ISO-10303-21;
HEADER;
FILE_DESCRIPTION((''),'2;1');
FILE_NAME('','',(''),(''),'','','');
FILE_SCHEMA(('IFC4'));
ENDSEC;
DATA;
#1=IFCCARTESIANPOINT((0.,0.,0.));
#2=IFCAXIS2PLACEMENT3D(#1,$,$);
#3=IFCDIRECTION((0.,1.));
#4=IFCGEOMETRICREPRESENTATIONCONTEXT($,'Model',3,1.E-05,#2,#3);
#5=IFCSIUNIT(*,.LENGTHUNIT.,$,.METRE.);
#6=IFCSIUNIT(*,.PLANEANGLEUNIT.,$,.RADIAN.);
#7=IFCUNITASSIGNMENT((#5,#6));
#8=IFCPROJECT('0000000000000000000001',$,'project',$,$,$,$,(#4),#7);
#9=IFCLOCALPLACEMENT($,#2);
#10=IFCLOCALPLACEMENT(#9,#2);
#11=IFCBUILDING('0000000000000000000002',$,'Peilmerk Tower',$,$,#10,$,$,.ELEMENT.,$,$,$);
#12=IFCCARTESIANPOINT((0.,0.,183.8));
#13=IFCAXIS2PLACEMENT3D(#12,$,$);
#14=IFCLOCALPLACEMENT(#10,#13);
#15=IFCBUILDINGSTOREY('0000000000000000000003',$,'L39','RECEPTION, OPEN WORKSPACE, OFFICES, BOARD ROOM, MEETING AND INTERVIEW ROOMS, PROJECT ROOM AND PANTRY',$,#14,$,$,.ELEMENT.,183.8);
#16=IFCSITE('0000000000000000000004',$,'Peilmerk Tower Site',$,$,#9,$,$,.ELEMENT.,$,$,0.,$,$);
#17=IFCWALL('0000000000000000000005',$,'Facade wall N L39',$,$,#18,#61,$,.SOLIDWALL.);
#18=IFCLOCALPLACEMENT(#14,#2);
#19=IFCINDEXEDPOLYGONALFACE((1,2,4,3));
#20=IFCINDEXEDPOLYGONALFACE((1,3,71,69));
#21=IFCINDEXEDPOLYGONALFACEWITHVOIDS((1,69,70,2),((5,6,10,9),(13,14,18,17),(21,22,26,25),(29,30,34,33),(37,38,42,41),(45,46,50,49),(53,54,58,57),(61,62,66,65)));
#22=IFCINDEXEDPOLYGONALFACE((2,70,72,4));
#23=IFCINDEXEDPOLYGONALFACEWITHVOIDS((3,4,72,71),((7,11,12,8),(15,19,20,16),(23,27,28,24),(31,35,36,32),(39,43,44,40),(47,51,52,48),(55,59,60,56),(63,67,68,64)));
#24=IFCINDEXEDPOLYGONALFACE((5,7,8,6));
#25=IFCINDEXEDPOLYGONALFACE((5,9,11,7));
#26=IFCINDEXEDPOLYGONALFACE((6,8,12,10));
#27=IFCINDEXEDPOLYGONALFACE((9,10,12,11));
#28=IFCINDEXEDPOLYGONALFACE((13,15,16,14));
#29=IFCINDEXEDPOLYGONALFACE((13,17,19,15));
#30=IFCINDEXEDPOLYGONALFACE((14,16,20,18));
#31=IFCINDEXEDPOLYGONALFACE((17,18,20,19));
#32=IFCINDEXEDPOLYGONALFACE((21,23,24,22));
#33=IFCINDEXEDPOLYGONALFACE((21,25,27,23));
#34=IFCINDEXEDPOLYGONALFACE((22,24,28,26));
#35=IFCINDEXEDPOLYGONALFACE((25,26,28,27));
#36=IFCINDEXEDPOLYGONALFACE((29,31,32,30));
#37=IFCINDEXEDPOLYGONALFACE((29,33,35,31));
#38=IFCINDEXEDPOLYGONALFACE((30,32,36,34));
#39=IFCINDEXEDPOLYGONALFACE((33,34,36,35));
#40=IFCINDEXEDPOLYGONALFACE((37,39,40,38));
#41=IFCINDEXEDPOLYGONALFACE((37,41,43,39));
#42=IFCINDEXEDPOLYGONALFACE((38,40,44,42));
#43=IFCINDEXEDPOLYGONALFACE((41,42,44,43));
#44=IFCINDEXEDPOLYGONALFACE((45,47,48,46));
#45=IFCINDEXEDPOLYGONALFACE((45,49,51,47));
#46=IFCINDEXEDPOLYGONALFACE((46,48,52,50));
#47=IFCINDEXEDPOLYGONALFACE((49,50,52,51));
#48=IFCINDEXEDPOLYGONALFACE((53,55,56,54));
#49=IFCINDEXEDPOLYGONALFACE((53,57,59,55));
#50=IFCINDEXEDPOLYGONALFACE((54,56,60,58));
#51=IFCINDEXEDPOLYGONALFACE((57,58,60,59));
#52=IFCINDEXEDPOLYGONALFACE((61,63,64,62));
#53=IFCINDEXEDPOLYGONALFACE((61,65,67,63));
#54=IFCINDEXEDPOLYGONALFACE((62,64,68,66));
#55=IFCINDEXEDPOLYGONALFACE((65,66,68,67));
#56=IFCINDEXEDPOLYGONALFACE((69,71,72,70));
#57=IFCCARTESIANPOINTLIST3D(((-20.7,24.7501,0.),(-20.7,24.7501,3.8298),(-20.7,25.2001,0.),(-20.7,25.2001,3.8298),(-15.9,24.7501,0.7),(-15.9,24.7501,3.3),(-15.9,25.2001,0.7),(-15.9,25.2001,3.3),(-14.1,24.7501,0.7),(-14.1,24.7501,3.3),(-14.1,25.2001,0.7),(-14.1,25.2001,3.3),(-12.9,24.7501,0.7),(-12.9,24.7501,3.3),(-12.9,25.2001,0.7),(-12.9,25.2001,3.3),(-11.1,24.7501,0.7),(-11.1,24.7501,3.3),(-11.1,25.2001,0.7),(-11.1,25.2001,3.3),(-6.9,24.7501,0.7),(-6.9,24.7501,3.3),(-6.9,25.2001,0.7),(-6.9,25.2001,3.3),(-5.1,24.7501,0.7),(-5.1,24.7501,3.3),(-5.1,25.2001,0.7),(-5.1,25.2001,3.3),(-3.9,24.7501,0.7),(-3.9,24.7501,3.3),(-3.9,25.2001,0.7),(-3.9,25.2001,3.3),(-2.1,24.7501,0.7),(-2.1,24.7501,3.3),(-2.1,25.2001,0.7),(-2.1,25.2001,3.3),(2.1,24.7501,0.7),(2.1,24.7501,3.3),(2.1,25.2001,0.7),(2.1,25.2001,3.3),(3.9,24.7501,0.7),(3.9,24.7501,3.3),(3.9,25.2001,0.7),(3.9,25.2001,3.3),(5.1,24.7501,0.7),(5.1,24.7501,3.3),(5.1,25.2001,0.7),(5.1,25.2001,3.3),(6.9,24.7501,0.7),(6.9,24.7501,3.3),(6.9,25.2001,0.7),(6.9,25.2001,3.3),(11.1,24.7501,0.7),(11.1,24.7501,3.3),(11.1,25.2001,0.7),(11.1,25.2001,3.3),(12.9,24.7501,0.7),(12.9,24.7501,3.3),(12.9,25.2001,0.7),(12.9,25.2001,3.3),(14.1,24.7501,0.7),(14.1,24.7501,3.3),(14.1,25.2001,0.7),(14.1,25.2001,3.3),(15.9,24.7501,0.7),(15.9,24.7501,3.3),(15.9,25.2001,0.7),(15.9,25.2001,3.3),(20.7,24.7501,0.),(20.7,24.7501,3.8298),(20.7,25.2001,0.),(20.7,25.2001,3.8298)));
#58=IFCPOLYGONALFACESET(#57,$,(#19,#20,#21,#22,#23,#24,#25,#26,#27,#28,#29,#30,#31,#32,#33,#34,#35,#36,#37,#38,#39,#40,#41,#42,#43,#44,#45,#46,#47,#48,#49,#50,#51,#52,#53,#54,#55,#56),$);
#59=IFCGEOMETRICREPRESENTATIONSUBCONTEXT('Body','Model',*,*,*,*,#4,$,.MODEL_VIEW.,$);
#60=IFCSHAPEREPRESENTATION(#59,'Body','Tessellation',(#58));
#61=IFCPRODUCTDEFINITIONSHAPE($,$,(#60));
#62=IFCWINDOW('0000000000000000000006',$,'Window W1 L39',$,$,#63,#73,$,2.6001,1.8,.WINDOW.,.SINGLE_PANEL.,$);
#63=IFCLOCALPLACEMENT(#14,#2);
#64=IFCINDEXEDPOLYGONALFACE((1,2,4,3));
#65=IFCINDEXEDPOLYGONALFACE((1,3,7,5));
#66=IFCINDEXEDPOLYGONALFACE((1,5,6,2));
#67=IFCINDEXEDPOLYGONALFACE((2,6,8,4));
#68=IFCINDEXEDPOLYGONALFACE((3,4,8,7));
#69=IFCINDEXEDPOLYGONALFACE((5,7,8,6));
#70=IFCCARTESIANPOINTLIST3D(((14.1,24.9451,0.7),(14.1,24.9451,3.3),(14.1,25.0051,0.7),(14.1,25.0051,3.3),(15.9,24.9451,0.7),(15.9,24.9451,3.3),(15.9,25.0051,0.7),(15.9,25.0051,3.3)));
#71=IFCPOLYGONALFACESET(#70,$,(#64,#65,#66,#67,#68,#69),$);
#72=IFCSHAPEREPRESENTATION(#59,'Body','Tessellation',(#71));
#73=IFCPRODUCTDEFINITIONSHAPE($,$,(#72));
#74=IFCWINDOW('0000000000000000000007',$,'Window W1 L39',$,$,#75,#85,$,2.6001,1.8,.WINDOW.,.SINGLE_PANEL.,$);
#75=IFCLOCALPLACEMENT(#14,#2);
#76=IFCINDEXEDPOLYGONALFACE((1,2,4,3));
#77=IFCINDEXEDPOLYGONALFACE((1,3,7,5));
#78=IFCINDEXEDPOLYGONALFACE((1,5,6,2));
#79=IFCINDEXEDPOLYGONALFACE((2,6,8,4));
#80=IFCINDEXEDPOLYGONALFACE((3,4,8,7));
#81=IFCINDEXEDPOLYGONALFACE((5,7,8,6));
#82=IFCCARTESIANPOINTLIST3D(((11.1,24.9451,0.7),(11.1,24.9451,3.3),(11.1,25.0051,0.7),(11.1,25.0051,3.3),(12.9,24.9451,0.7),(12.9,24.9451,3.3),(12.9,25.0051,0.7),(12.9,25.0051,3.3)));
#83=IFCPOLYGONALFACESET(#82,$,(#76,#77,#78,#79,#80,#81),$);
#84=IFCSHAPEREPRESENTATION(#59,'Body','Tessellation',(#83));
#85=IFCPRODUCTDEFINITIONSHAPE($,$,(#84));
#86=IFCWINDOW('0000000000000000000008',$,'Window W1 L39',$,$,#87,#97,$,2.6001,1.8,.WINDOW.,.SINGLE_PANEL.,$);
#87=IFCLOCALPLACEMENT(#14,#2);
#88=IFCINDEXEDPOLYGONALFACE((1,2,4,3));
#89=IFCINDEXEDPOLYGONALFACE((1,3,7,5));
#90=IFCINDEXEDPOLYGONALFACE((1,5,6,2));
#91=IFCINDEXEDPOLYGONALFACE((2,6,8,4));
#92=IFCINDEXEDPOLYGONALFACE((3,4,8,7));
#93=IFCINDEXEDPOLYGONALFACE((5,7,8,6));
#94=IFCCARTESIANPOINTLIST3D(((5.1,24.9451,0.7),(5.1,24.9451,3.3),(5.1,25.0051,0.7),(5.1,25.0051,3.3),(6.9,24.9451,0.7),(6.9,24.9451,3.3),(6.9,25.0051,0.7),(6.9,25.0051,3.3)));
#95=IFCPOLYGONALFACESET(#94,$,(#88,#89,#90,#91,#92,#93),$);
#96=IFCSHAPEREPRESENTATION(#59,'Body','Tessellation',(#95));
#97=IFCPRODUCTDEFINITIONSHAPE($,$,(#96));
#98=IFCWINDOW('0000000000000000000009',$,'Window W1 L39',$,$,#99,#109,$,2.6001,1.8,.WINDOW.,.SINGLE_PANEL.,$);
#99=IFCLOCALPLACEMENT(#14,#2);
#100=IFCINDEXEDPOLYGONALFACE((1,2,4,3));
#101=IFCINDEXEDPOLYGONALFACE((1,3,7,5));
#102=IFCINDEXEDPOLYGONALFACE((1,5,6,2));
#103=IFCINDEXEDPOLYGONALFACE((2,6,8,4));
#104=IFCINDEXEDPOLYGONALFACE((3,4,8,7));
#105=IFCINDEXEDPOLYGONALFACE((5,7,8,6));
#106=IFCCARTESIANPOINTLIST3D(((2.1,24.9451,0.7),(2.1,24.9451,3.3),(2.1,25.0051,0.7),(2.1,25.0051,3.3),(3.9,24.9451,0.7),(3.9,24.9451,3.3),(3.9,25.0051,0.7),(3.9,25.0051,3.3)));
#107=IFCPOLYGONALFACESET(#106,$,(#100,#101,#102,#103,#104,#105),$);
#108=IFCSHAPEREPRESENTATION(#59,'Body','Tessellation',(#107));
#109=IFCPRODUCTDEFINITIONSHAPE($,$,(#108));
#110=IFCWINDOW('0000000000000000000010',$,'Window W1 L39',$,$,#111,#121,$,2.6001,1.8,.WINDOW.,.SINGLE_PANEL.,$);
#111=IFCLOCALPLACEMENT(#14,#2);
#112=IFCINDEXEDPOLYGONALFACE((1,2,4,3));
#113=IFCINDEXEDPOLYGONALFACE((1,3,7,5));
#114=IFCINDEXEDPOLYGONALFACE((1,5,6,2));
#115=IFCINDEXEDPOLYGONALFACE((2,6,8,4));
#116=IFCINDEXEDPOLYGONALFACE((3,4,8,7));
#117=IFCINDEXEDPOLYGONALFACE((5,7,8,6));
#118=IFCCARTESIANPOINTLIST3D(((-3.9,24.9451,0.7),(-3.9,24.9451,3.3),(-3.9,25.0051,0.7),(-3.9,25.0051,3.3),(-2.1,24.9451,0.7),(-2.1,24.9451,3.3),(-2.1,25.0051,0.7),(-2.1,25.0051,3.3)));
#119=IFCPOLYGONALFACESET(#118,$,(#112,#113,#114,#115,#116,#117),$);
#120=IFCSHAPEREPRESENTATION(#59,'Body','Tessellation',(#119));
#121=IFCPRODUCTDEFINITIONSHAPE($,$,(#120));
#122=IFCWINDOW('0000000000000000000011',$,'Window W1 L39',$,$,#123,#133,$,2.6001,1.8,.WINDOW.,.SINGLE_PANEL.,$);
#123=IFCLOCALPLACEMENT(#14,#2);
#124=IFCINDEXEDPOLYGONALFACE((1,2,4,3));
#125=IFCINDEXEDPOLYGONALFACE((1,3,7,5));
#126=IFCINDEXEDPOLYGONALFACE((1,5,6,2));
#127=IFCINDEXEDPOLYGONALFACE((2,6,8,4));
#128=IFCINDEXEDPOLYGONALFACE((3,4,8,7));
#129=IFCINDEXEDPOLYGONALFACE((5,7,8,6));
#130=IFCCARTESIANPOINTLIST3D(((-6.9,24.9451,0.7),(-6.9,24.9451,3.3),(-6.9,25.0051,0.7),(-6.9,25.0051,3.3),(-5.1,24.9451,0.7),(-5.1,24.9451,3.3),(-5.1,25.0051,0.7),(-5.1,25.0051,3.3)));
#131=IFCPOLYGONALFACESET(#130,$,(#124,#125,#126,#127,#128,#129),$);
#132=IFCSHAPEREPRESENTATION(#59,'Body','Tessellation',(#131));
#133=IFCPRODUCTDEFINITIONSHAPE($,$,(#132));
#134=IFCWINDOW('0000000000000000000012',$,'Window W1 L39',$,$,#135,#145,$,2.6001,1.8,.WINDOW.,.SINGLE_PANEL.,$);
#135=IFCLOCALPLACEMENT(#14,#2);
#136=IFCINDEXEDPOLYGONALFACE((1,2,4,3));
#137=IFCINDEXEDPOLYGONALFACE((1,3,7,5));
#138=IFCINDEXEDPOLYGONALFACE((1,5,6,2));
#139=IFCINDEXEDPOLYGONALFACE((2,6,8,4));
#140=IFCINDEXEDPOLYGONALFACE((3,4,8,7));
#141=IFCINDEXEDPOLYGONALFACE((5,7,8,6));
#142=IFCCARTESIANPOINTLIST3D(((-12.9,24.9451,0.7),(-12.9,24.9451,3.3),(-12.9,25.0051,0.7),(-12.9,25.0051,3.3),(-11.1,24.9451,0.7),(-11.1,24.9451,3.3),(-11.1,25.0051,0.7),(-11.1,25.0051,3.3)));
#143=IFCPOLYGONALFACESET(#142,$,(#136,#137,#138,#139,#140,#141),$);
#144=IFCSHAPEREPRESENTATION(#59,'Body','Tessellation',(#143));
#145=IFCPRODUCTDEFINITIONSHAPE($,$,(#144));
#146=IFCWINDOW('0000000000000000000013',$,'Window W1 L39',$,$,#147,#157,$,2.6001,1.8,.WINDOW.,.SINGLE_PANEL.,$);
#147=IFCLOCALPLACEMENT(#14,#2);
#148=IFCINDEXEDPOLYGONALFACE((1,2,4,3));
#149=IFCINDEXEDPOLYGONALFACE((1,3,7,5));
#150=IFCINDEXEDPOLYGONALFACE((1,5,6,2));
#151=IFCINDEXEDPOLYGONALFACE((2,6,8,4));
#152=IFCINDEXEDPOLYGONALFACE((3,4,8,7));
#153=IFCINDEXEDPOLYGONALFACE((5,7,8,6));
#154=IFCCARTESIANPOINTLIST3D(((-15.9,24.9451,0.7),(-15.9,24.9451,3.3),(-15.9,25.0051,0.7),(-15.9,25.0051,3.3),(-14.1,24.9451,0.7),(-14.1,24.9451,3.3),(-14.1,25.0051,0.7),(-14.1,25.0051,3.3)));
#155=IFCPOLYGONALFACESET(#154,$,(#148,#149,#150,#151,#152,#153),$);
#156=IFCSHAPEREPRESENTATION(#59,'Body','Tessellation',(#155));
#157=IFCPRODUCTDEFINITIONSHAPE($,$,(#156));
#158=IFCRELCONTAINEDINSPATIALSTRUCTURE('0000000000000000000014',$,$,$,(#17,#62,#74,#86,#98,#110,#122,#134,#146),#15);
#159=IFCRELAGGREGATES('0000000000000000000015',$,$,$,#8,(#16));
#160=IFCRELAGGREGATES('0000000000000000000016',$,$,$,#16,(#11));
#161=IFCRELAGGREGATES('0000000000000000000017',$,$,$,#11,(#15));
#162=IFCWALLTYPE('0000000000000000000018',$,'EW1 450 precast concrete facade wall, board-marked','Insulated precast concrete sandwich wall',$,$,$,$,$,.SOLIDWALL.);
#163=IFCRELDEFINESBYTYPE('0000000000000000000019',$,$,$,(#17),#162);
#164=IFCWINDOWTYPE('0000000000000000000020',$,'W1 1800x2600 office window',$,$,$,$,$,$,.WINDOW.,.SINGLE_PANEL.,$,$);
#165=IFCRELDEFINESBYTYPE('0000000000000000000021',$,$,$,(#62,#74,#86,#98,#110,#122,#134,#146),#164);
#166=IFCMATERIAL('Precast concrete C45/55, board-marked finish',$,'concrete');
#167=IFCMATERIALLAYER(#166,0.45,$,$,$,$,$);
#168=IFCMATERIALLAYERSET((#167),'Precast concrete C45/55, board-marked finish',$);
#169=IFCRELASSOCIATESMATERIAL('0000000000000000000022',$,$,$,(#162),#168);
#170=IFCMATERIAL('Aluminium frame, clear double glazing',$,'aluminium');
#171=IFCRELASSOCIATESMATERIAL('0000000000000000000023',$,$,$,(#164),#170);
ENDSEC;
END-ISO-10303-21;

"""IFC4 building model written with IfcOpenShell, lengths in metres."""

from ifc_helpers import new_model, si_unit, direction, frame, frame_2d, origin, place, context, subcontext, project, spatial, rectangle, extrude, material, layer, layer_set, type_object, element, fill, save


model = new_model("IFC4")

# Units and contexts
model_context = context("Model", 3, precision=1e-05, world=origin(), true_north=direction((0.0, 1.0)))
body_context = subcontext(model_context, "Body", "Model", "MODEL_VIEW")
ifc_project = project(units=[si_unit("LENGTHUNIT", "METRE"), si_unit("PLANEANGLEUNIT", "RADIAN")], contexts=[model_context])

# Site, building, storey
site_placement = place(None, origin())
site = spatial("IfcSite", under=ifc_project, at=site_placement, Name="Peilmerk Tower Site", CompositionType="ELEMENT", RefElevation=0.0)
building_placement = place(site_placement, origin())
building = spatial("IfcBuilding", under=site, at=building_placement, Name="Peilmerk Tower", CompositionType="ELEMENT")
storey_placement = place(building_placement, frame((0.0, 0.0, 183.8)))
storey = spatial("IfcBuildingStorey", under=building, at=storey_placement, Name="L39", Description="RECEPTION, OPEN WORKSPACE, OFFICES, BOARD ROOM, MEETING AND INTERVIEW ROOMS, PROJECT ROOM AND PANTRY", CompositionType="ELEMENT", Elevation=183.8)

# Wall, openings, windows
ifc_material_1 = material(Name="Precast concrete C45/55, board-marked finish", Category="concrete")
ifc_layer_1 = layer(ifc_material_1, 0.45)
ifc_layer_set_1 = layer_set([ifc_layer_1], Name="Precast concrete C45/55, board-marked finish")
wall_type = type_object("IfcWallType", Name="EW1 450 precast concrete facade wall, board-marked", Description="Insulated precast concrete sandwich wall", PredefinedType="SOLIDWALL", material=ifc_layer_set_1)
wall_placement = place(storey_placement, frame((20.7, 24.9751, 0.0), z_axis=(0.0, 0.0, 1.0), x_axis=(-1.0, 0.0, 0.0)))
wall = element("IfcWall", 1, at=wall_placement, inside=storey, type_object=wall_type, Name="Facade wall N L39", PredefinedType="SOLIDWALL", context=body_context, shape_type="SweptSolid", body=[
    extrude(rectangle(XDim=41.3999, YDim=0.45, at=frame_2d((20.7, 0.0))), origin(), (0.0, 0.0, 1.0), 3.8298),
])
opening_1_placement = place(wall_placement, frame((4.8, 0.0, 0.7)))
opening_1 = element("IfcOpeningElement", 2, at=opening_1_placement, cuts=wall, PredefinedType="OPENING", context=body_context, shape_type="SweptSolid", body=[
    extrude(rectangle(XDim=1.8, YDim=2.6001, at=frame_2d((0.8999, 1.3))), frame((0.0, 0.2349, 0.0), z_axis=(0.0, -1.0, 0.0), x_axis=(1.0, 0.0, 0.0)), (0.0, 0.0, 1.0), 0.47),
])
opening_2_placement = place(wall_placement, frame((7.8, 0.0, 0.7)))
opening_2 = element("IfcOpeningElement", 3, at=opening_2_placement, cuts=wall, PredefinedType="OPENING", context=body_context, shape_type="SweptSolid", body=[
    extrude(rectangle(XDim=1.8, YDim=2.6001, at=frame_2d((0.8999, 1.3))), frame((0.0, 0.2349, 0.0), z_axis=(0.0, -1.0, 0.0), x_axis=(1.0, 0.0, 0.0)), (0.0, 0.0, 1.0), 0.47),
])
opening_3_placement = place(wall_placement, frame((13.8, 0.0, 0.7)))
opening_3 = element("IfcOpeningElement", 4, at=opening_3_placement, cuts=wall, PredefinedType="OPENING", context=body_context, shape_type="SweptSolid", body=[
    extrude(rectangle(XDim=1.8, YDim=2.6001, at=frame_2d((0.8999, 1.3))), frame((0.0, 0.2349, 0.0), z_axis=(0.0, -1.0, 0.0), x_axis=(1.0, 0.0, 0.0)), (0.0, 0.0, 1.0), 0.47),
])
opening_4_placement = place(wall_placement, frame((16.8, 0.0, 0.7)))
opening_4 = element("IfcOpeningElement", 5, at=opening_4_placement, cuts=wall, PredefinedType="OPENING", context=body_context, shape_type="SweptSolid", body=[
    extrude(rectangle(XDim=1.8, YDim=2.6001, at=frame_2d((0.8999, 1.3))), frame((0.0, 0.2349, 0.0), z_axis=(0.0, -1.0, 0.0), x_axis=(1.0, 0.0, 0.0)), (0.0, 0.0, 1.0), 0.47),
])
opening_5_placement = place(wall_placement, frame((22.8, 0.0, 0.7)))
opening_5 = element("IfcOpeningElement", 6, at=opening_5_placement, cuts=wall, PredefinedType="OPENING", context=body_context, shape_type="SweptSolid", body=[
    extrude(rectangle(XDim=1.8, YDim=2.6001, at=frame_2d((0.8999, 1.3))), frame((0.0, 0.2349, 0.0), z_axis=(0.0, -1.0, 0.0), x_axis=(1.0, 0.0, 0.0)), (0.0, 0.0, 1.0), 0.47),
])
opening_6_placement = place(wall_placement, frame((25.8, 0.0, 0.7)))
opening_6 = element("IfcOpeningElement", 7, at=opening_6_placement, cuts=wall, PredefinedType="OPENING", context=body_context, shape_type="SweptSolid", body=[
    extrude(rectangle(XDim=1.8, YDim=2.6001, at=frame_2d((0.8999, 1.3))), frame((0.0, 0.2349, 0.0), z_axis=(0.0, -1.0, 0.0), x_axis=(1.0, 0.0, 0.0)), (0.0, 0.0, 1.0), 0.47),
])
opening_7_placement = place(wall_placement, frame((31.8, 0.0, 0.7)))
opening_7 = element("IfcOpeningElement", 8, at=opening_7_placement, cuts=wall, PredefinedType="OPENING", context=body_context, shape_type="SweptSolid", body=[
    extrude(rectangle(XDim=1.8, YDim=2.6001, at=frame_2d((0.8999, 1.3))), frame((0.0, 0.2349, 0.0), z_axis=(0.0, -1.0, 0.0), x_axis=(1.0, 0.0, 0.0)), (0.0, 0.0, 1.0), 0.47),
])
opening_8_placement = place(wall_placement, frame((34.8, 0.0, 0.7)))
opening_8 = element("IfcOpeningElement", 9, at=opening_8_placement, cuts=wall, PredefinedType="OPENING", context=body_context, shape_type="SweptSolid", body=[
    extrude(rectangle(XDim=1.8, YDim=2.6001, at=frame_2d((0.8999, 1.3))), frame((0.0, 0.2349, 0.0), z_axis=(0.0, -1.0, 0.0), x_axis=(1.0, 0.0, 0.0)), (0.0, 0.0, 1.0), 0.47),
])
ifc_material_2 = material(Name="Aluminium frame, clear double glazing", Category="aluminium")
window_type = type_object("IfcWindowType", Name="W1 1800x2600 office window", PartitioningType="SINGLE_PANEL", PredefinedType="WINDOW", material=ifc_material_2)
window_1_placement = place(opening_1_placement, origin())
window_1 = element("IfcWindow", 10, at=window_1_placement, inside=storey, type_object=window_type, Name="Window W1 L39", OverallHeight=2.6001, OverallWidth=1.8, PartitioningType="SINGLE_PANEL", PredefinedType="WINDOW", context=body_context, shape_type="SweptSolid", body=[
    extrude(rectangle(XDim=1.8, YDim=2.6001, at=frame_2d((0.8999, 1.3))), frame((0.0, 0.03, 0.0), z_axis=(0.0, -1.0, 0.0), x_axis=(1.0, 0.0, 0.0)), (0.0, 0.0, 1.0), 0.0601),
])
fill(opening_1, window_1)
window_2_placement = place(opening_2_placement, origin())
window_2 = element("IfcWindow", 11, at=window_2_placement, inside=storey, type_object=window_type, Name="Window W1 L39", OverallHeight=2.6001, OverallWidth=1.8, PartitioningType="SINGLE_PANEL", PredefinedType="WINDOW", context=body_context, shape_type="SweptSolid", body=[
    extrude(rectangle(XDim=1.8, YDim=2.6001, at=frame_2d((0.8999, 1.3))), frame((0.0, 0.03, 0.0), z_axis=(0.0, -1.0, 0.0), x_axis=(1.0, 0.0, 0.0)), (0.0, 0.0, 1.0), 0.0601),
])
fill(opening_2, window_2)
window_3_placement = place(opening_3_placement, origin())
window_3 = element("IfcWindow", 12, at=window_3_placement, inside=storey, type_object=window_type, Name="Window W1 L39", OverallHeight=2.6001, OverallWidth=1.8, PartitioningType="SINGLE_PANEL", PredefinedType="WINDOW", context=body_context, shape_type="SweptSolid", body=[
    extrude(rectangle(XDim=1.8, YDim=2.6001, at=frame_2d((0.8999, 1.3))), frame((0.0, 0.03, 0.0), z_axis=(0.0, -1.0, 0.0), x_axis=(1.0, 0.0, 0.0)), (0.0, 0.0, 1.0), 0.0601),
])
fill(opening_3, window_3)
window_4_placement = place(opening_4_placement, origin())
window_4 = element("IfcWindow", 13, at=window_4_placement, inside=storey, type_object=window_type, Name="Window W1 L39", OverallHeight=2.6001, OverallWidth=1.8, PartitioningType="SINGLE_PANEL", PredefinedType="WINDOW", context=body_context, shape_type="SweptSolid", body=[
    extrude(rectangle(XDim=1.8, YDim=2.6001, at=frame_2d((0.8999, 1.3))), frame((0.0, 0.03, 0.0), z_axis=(0.0, -1.0, 0.0), x_axis=(1.0, 0.0, 0.0)), (0.0, 0.0, 1.0), 0.0601),
])
fill(opening_4, window_4)
window_5_placement = place(opening_5_placement, origin())
window_5 = element("IfcWindow", 14, at=window_5_placement, inside=storey, type_object=window_type, Name="Window W1 L39", OverallHeight=2.6001, OverallWidth=1.8, PartitioningType="SINGLE_PANEL", PredefinedType="WINDOW", context=body_context, shape_type="SweptSolid", body=[
    extrude(rectangle(XDim=1.8, YDim=2.6001, at=frame_2d((0.8999, 1.3))), frame((0.0, 0.03, 0.0), z_axis=(0.0, -1.0, 0.0), x_axis=(1.0, 0.0, 0.0)), (0.0, 0.0, 1.0), 0.0601),
])
fill(opening_5, window_5)
window_6_placement = place(opening_6_placement, origin())
window_6 = element("IfcWindow", 15, at=window_6_placement, inside=storey, type_object=window_type, Name="Window W1 L39", OverallHeight=2.6001, OverallWidth=1.8, PartitioningType="SINGLE_PANEL", PredefinedType="WINDOW", context=body_context, shape_type="SweptSolid", body=[
    extrude(rectangle(XDim=1.8, YDim=2.6001, at=frame_2d((0.8999, 1.3))), frame((0.0, 0.03, 0.0), z_axis=(0.0, -1.0, 0.0), x_axis=(1.0, 0.0, 0.0)), (0.0, 0.0, 1.0), 0.0601),
])
fill(opening_6, window_6)
window_7_placement = place(opening_7_placement, origin())
window_7 = element("IfcWindow", 16, at=window_7_placement, inside=storey, type_object=window_type, Name="Window W1 L39", OverallHeight=2.6001, OverallWidth=1.8, PartitioningType="SINGLE_PANEL", PredefinedType="WINDOW", context=body_context, shape_type="SweptSolid", body=[
    extrude(rectangle(XDim=1.8, YDim=2.6001, at=frame_2d((0.8999, 1.3))), frame((0.0, 0.03, 0.0), z_axis=(0.0, -1.0, 0.0), x_axis=(1.0, 0.0, 0.0)), (0.0, 0.0, 1.0), 0.0601),
])
fill(opening_7, window_7)
window_8_placement = place(opening_8_placement, origin())
window_8 = element("IfcWindow", 17, at=window_8_placement, inside=storey, type_object=window_type, Name="Window W1 L39", OverallHeight=2.6001, OverallWidth=1.8, PartitioningType="SINGLE_PANEL", PredefinedType="WINDOW", context=body_context, shape_type="SweptSolid", body=[
    extrude(rectangle(XDim=1.8, YDim=2.6001, at=frame_2d((0.8999, 1.3))), frame((0.0, 0.03, 0.0), z_axis=(0.0, -1.0, 0.0), x_axis=(1.0, 0.0, 0.0)), (0.0, 0.0, 1.0), 0.0601),
])
fill(opening_8, window_8)

save(model, "model.ifc")
